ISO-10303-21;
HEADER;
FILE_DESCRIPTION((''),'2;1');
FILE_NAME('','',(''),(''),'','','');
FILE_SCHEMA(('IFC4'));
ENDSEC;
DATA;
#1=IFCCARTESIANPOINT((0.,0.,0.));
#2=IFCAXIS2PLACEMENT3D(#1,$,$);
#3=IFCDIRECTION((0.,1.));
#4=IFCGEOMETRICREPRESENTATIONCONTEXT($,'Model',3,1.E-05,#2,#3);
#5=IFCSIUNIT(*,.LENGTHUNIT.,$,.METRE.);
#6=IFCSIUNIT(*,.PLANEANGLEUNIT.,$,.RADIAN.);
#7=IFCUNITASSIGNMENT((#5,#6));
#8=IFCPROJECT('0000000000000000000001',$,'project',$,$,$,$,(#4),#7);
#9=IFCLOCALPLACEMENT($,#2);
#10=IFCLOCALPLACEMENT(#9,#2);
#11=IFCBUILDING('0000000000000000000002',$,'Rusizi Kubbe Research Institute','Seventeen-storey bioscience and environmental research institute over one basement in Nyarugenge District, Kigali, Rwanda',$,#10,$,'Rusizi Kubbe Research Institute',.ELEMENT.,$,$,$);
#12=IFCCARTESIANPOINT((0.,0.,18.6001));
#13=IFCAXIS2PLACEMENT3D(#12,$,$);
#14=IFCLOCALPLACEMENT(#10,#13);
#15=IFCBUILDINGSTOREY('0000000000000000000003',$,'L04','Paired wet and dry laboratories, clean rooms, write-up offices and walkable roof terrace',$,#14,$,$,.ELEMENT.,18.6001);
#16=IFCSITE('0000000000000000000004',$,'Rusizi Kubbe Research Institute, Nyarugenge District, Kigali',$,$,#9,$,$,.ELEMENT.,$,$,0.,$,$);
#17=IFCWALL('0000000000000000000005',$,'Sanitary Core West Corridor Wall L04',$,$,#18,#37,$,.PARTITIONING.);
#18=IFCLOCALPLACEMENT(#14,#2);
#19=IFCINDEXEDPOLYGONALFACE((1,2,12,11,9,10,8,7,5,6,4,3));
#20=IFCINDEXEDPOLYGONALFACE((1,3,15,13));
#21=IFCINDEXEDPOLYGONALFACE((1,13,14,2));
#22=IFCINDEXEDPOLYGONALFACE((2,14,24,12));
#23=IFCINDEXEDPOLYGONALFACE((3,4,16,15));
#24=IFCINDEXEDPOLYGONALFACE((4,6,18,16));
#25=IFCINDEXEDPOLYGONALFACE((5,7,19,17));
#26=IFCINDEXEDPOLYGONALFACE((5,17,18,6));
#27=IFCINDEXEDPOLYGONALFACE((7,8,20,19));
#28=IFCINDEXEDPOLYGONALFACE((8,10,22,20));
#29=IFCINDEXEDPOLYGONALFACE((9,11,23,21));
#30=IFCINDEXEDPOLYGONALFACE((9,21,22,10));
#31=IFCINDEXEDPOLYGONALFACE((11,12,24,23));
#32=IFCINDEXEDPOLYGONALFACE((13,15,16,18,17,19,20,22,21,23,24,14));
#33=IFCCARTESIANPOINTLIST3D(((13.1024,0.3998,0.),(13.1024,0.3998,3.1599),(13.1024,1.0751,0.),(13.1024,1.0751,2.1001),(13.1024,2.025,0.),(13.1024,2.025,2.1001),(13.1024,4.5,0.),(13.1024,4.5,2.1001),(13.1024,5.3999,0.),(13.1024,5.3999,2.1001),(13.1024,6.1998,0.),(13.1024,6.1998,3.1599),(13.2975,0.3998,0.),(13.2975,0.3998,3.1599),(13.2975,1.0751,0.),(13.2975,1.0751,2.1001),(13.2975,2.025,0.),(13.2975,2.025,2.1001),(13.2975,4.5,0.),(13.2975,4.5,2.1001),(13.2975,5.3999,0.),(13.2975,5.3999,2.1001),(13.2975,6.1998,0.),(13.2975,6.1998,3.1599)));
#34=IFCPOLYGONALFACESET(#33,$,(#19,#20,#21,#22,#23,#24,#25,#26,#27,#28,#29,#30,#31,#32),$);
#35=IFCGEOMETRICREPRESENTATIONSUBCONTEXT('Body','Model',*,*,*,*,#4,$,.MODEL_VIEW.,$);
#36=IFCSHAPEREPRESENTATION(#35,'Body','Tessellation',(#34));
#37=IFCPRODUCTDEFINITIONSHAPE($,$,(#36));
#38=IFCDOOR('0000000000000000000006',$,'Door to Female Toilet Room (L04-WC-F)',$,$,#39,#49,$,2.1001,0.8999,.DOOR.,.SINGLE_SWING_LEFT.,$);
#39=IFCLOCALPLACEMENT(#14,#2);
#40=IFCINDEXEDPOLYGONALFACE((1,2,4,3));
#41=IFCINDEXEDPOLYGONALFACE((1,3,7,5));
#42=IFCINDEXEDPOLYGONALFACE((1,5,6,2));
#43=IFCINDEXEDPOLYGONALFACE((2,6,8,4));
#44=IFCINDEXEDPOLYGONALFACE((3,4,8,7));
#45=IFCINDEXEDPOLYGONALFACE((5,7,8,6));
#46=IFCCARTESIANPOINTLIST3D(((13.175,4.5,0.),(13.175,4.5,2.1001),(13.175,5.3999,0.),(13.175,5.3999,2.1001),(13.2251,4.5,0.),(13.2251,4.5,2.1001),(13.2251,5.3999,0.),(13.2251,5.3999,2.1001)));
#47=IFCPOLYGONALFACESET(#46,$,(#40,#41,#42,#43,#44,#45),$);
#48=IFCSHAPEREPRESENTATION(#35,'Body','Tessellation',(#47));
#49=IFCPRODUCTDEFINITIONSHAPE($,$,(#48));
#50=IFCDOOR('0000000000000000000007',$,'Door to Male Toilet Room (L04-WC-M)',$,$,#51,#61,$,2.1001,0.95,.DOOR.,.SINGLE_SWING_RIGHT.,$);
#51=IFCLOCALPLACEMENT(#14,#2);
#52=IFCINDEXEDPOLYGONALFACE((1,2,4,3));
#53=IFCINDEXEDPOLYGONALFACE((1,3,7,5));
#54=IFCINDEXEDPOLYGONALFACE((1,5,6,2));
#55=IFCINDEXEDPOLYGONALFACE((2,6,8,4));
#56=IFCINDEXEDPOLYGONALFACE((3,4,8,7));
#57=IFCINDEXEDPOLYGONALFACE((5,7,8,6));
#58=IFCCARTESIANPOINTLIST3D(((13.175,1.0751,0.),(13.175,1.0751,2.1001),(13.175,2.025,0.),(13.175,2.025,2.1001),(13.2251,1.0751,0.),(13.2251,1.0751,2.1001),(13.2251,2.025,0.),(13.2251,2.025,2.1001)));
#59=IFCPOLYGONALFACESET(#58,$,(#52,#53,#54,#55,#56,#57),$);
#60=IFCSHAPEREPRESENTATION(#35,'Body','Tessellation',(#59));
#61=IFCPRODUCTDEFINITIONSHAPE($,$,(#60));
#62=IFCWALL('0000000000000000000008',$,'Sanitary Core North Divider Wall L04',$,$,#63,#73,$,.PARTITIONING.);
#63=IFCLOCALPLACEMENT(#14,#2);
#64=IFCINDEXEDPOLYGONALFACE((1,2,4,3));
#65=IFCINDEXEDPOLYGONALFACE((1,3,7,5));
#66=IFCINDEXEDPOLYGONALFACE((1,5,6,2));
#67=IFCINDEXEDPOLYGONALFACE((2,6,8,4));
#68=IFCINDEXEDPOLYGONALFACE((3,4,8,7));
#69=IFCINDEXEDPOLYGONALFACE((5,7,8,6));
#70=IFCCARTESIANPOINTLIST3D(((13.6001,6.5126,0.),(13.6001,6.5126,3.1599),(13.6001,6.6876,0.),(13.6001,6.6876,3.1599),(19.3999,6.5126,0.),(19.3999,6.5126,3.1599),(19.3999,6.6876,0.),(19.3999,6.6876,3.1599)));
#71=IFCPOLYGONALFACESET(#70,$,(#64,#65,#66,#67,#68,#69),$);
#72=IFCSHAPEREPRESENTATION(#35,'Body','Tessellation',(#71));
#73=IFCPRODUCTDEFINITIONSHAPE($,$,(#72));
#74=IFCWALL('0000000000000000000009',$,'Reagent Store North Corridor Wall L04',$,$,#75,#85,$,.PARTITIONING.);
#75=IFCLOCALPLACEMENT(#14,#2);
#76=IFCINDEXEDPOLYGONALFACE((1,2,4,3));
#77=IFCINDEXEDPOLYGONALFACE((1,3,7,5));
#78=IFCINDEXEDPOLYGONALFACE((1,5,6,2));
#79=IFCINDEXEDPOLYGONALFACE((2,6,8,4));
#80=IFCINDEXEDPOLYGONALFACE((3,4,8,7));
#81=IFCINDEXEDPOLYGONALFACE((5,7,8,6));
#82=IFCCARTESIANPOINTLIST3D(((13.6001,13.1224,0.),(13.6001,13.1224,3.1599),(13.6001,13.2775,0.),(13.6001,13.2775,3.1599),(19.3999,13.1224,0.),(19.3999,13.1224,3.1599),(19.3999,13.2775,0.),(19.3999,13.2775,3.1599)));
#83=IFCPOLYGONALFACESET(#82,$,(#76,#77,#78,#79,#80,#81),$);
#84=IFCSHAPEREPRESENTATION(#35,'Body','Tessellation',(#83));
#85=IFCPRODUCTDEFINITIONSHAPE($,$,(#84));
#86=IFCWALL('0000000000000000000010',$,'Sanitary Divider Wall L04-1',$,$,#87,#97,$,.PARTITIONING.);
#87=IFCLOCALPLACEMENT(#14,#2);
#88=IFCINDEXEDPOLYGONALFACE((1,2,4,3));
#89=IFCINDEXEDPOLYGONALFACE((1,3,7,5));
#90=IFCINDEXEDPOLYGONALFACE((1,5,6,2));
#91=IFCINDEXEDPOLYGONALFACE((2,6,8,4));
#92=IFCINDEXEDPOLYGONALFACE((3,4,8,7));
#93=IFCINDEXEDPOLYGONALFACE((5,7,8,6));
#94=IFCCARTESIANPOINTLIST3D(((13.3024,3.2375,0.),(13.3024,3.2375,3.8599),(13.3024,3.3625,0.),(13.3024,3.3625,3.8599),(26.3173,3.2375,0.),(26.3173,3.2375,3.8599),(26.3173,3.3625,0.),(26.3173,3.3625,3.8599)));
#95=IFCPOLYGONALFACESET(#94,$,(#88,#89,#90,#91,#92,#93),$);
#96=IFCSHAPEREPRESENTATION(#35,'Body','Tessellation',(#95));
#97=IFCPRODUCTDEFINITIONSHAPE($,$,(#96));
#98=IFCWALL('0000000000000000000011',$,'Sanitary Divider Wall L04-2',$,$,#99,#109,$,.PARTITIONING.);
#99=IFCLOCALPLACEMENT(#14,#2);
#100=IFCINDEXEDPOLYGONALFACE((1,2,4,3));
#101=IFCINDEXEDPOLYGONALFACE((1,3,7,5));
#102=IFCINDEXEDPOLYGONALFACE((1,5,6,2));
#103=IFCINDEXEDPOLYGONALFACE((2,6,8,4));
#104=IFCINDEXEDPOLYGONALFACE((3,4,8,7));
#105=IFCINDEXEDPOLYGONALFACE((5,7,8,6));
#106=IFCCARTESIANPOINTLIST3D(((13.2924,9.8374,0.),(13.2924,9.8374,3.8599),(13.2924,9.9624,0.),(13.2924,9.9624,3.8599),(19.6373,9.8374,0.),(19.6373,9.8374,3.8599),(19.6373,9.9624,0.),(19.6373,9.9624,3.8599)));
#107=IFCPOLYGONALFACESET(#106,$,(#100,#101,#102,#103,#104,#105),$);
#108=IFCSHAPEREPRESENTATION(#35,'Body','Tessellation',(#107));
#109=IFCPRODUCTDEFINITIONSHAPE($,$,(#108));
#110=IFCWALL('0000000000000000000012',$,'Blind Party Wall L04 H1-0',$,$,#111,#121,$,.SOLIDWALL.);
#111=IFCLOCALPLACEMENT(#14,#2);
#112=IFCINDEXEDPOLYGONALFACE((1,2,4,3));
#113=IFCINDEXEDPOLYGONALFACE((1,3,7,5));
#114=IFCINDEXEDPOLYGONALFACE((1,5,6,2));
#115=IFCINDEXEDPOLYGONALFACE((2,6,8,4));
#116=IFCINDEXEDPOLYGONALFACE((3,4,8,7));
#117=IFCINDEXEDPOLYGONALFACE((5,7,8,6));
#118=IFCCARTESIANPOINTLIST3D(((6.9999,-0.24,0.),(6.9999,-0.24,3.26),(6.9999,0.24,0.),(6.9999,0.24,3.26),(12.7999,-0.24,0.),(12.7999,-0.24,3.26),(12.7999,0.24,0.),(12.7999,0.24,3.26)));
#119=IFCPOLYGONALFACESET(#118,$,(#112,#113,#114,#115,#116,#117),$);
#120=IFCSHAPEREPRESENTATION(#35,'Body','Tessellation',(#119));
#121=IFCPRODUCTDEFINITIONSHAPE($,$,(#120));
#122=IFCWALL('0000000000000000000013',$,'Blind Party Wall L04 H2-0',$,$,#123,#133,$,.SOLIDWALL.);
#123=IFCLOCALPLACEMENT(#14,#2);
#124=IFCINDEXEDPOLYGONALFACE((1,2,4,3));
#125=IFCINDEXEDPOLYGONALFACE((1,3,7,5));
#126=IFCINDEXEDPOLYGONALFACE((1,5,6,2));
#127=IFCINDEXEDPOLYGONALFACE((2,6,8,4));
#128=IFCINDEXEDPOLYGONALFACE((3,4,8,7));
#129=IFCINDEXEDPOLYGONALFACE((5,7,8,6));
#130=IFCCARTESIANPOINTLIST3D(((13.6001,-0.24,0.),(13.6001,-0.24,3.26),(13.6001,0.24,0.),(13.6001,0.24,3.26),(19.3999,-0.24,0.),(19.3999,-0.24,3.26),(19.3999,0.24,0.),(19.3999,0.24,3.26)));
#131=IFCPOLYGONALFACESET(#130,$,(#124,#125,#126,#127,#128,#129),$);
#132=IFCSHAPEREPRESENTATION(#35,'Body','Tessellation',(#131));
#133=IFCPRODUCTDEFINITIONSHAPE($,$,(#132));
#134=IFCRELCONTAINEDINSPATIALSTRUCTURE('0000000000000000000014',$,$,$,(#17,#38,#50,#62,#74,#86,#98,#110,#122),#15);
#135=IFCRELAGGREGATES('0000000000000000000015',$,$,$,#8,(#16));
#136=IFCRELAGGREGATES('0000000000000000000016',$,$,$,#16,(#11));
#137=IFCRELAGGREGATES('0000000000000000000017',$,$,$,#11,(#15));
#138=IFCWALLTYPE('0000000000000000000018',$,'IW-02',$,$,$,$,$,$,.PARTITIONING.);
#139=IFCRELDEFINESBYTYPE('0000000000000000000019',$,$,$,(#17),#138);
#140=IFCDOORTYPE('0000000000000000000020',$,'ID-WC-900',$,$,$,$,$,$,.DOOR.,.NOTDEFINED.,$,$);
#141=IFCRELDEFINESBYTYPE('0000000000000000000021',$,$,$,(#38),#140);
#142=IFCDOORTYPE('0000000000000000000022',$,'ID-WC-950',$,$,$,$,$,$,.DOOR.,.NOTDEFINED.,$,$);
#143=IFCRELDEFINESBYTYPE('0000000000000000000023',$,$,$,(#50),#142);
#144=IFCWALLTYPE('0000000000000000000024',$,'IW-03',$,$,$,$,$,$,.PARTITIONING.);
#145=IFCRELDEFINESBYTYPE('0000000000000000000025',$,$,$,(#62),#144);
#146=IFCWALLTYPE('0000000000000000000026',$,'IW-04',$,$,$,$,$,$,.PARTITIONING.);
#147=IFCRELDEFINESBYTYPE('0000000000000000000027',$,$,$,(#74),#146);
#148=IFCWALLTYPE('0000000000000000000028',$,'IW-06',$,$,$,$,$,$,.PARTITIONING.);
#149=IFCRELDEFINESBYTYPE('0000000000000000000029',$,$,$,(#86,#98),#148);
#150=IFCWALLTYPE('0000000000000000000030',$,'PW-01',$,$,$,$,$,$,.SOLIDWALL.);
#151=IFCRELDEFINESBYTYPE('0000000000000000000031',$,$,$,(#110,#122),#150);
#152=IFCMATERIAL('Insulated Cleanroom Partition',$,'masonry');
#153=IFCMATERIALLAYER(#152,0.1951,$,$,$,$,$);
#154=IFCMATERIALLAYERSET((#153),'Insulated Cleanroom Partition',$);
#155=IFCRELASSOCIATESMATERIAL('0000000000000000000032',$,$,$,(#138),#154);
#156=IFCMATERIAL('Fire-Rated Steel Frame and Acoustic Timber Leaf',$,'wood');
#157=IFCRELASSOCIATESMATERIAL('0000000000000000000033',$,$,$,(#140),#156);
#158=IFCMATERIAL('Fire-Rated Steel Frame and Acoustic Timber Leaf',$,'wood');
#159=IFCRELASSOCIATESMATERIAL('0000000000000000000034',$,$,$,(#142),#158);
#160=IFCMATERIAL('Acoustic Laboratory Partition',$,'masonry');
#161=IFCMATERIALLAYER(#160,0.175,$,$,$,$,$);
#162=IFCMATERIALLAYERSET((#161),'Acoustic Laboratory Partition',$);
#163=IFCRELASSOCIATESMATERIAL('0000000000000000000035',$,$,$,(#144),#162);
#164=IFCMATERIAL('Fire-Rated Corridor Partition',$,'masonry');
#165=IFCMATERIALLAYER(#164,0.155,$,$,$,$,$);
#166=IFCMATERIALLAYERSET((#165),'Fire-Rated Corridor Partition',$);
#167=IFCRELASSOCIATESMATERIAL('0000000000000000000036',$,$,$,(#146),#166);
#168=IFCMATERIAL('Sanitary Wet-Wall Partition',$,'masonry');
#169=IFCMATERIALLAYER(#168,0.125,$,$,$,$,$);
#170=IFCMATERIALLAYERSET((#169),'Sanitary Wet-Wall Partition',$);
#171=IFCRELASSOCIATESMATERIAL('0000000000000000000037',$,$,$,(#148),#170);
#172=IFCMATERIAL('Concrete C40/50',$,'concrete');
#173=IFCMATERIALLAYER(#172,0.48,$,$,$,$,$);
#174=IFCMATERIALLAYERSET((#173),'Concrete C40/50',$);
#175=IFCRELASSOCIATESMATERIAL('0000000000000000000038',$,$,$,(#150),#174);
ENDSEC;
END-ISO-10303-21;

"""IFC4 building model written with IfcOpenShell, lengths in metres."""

from ifc_helpers import new_model, si_unit, direction, frame, frame_2d, origin, place, context, subcontext, project, spatial, rectangle, extrude, material, layer, layer_set, type_object, element, fill, save


model = new_model("IFC4")

# Units and contexts
model_context = context("Model", 3, precision=1e-05, world=origin(), true_north=direction((0.0, 1.0)))
body_context = subcontext(model_context, "Body", "Model", "MODEL_VIEW")
ifc_project = project(units=[si_unit("LENGTHUNIT", "METRE"), si_unit("PLANEANGLEUNIT", "RADIAN")], contexts=[model_context])

# Site, building, storey
site_placement = place(None, origin())
site = spatial("IfcSite", under=ifc_project, at=site_placement, Name="Rusizi Kubbe Research Institute, Nyarugenge District, Kigali", CompositionType="ELEMENT", RefElevation=0.0)
building_placement = place(site_placement, origin())
building = spatial("IfcBuilding", under=site, at=building_placement, Name="Rusizi Kubbe Research Institute", Description="Seventeen-storey bioscience and environmental research institute over one basement in Nyarugenge District, Kigali, Rwanda", LongName="Rusizi Kubbe Research Institute", CompositionType="ELEMENT")
storey_placement = place(building_placement, frame((0.0, 0.0, 18.6001)))
storey = spatial("IfcBuildingStorey", under=building, at=storey_placement, Name="L04", Description="Paired wet and dry laboratories, clean rooms, write-up offices and walkable roof terrace", CompositionType="ELEMENT", Elevation=18.6001)

# Wall, openings, doors
ifc_material_1 = material(Name="Insulated Cleanroom Partition", Category="masonry")
ifc_layer_1 = layer(ifc_material_1, 0.1951)
ifc_layer_set_1 = layer_set([ifc_layer_1], Name="Insulated Cleanroom Partition")
wall_type_1 = type_object("IfcWallType", Name="IW-02", PredefinedType="PARTITIONING", material=ifc_layer_set_1)
wall_1_placement = place(storey_placement, frame((13.2, 0.3999, 0.0), z_axis=(0.0, 0.0, 1.0), x_axis=(0.0, 1.0, 0.0)))
wall_1 = element("IfcWall", 1, at=wall_1_placement, inside=storey, type_object=wall_type_1, Name="Sanitary Core West Corridor Wall L04", PredefinedType="PARTITIONING", context=body_context, shape_type="SweptSolid", body=[
    extrude(rectangle(XDim=5.8, YDim=0.1951, at=frame_2d((2.8999, 0.0))), origin(), (0.0, 0.0, 1.0), 3.1599),
])
opening_1_placement = place(wall_1_placement, frame((0.675, 0.0, 0.0)))
opening_1 = element("IfcOpeningElement", 2, at=opening_1_placement, cuts=wall_1, PredefinedType="OPENING", context=body_context, shape_type="SweptSolid", body=[
    extrude(rectangle(XDim=0.95, YDim=2.1001, at=frame_2d((0.4751, 1.05))), frame((0.0, 0.1074, 0.0), z_axis=(0.0, -1.0, 0.0), x_axis=(1.0, 0.0, 0.0)), (0.0, 0.0, 1.0), 0.2151),
])
opening_2_placement = place(wall_1_placement, frame((4.1001, 0.0, 0.0)))
opening_2 = element("IfcOpeningElement", 3, at=opening_2_placement, cuts=wall_1, PredefinedType="OPENING", context=body_context, shape_type="SweptSolid", body=[
    extrude(rectangle(XDim=0.8999, YDim=2.1001, at=frame_2d((0.45, 1.05))), frame((0.0, 0.1074, 0.0), z_axis=(0.0, -1.0, 0.0), x_axis=(1.0, 0.0, 0.0)), (0.0, 0.0, 1.0), 0.2151),
])
ifc_material_2 = material(Name="Fire-Rated Steel Frame and Acoustic Timber Leaf", Category="wood")
door_type_1 = type_object("IfcDoorType", Name="ID-WC-900", OperationType="NOTDEFINED", PredefinedType="DOOR", material=ifc_material_2)
door_1_placement = place(opening_2_placement, origin())
door_1 = element("IfcDoor", 4, at=door_1_placement, inside=storey, type_object=door_type_1, Name="Door to Female Toilet Room (L04-WC-F)", OperationType="SINGLE_SWING_LEFT", OverallHeight=2.1001, OverallWidth=0.8999, PredefinedType="DOOR", context=body_context, shape_type="SweptSolid", body=[
    extrude(rectangle(XDim=0.8999, YDim=2.1001, at=frame_2d((0.45, 1.05))), frame((0.0, 0.0249, 0.0), z_axis=(0.0, -1.0, 0.0), x_axis=(1.0, 0.0, 0.0)), (0.0, 0.0, 1.0), 0.05),
])
fill(opening_2, door_1)
ifc_material_3 = material(Name="Fire-Rated Steel Frame and Acoustic Timber Leaf", Category="wood")
door_type_2 = type_object("IfcDoorType", Name="ID-WC-950", OperationType="NOTDEFINED", PredefinedType="DOOR", material=ifc_material_3)
door_2_placement = place(opening_1_placement, origin())
door_2 = element("IfcDoor", 5, at=door_2_placement, inside=storey, type_object=door_type_2, Name="Door to Male Toilet Room (L04-WC-M)", OperationType="SINGLE_SWING_RIGHT", OverallHeight=2.1001, OverallWidth=0.95, PredefinedType="DOOR", context=body_context, shape_type="SweptSolid", body=[
    extrude(rectangle(XDim=0.95, YDim=2.1001, at=frame_2d((0.4751, 1.05))), frame((0.0, 0.0249, 0.0), z_axis=(0.0, -1.0, 0.0), x_axis=(1.0, 0.0, 0.0)), (0.0, 0.0, 1.0), 0.05),
])
fill(opening_1, door_2)

# Wall
ifc_material_4 = material(Name="Acoustic Laboratory Partition", Category="masonry")
ifc_layer_2 = layer(ifc_material_4, 0.175)
ifc_layer_set_2 = layer_set([ifc_layer_2], Name="Acoustic Laboratory Partition")
wall_type_2 = type_object("IfcWallType", Name="IW-03", PredefinedType="PARTITIONING", material=ifc_layer_set_2)
wall_2_placement = place(storey_placement, frame((13.6001, 6.6001, 0.0), z_axis=(0.0, 0.0, 1.0), x_axis=(1.0, 0.0, 0.0)))
element("IfcWall", 6, at=wall_2_placement, inside=storey, type_object=wall_type_2, Name="Sanitary Core North Divider Wall L04", PredefinedType="PARTITIONING", context=body_context, shape_type="SweptSolid", body=[
    extrude(rectangle(XDim=5.7998, YDim=0.175, at=frame_2d((2.8999, 0.0))), origin(), (0.0, 0.0, 1.0), 3.1599),
])

# Walls
ifc_material_5 = material(Name="Fire-Rated Corridor Partition", Category="masonry")
ifc_layer_3 = layer(ifc_material_5, 0.155)
ifc_layer_set_3 = layer_set([ifc_layer_3], Name="Fire-Rated Corridor Partition")
wall_type_3 = type_object("IfcWallType", Name="IW-04", PredefinedType="PARTITIONING", material=ifc_layer_set_3)
wall_3_placement = place(storey_placement, frame((13.6001, 13.2, 0.0), z_axis=(0.0, 0.0, 1.0), x_axis=(1.0, 0.0, 0.0)))
element("IfcWall", 7, at=wall_3_placement, inside=storey, type_object=wall_type_3, Name="Reagent Store North Corridor Wall L04", PredefinedType="PARTITIONING", context=body_context, shape_type="SweptSolid", body=[
    extrude(rectangle(XDim=5.7998, YDim=0.155, at=frame_2d((2.8999, 0.0))), origin(), (0.0, 0.0, 1.0), 3.1599),
])
ifc_material_6 = material(Name="Sanitary Wet-Wall Partition", Category="masonry")
ifc_layer_4 = layer(ifc_material_6, 0.125)
ifc_layer_set_4 = layer_set([ifc_layer_4], Name="Sanitary Wet-Wall Partition")
wall_type_4 = type_object("IfcWallType", Name="IW-06", PredefinedType="PARTITIONING", material=ifc_layer_set_4)
wall_4_placement = place(storey_placement, frame((13.3025, 3.3, 0.0), z_axis=(0.0, 0.0, 1.0), x_axis=(1.0, 0.0, 0.0)))
element("IfcWall", 8, at=wall_4_placement, inside=storey, type_object=wall_type_4, Name="Sanitary Divider Wall L04-1", PredefinedType="PARTITIONING", context=body_context, shape_type="SweptSolid", body=[
    extrude(rectangle(XDim=13.0149, YDim=0.125, at=frame_2d((6.5073, 0.0))), origin(), (0.0, 0.0, 1.0), 3.8599),
])
wall_5_placement = place(storey_placement, frame((13.2925, 9.8999, 0.0), z_axis=(0.0, 0.0, 1.0), x_axis=(1.0, 0.0, 0.0)))
element("IfcWall", 9, at=wall_5_placement, inside=storey, type_object=wall_type_4, Name="Sanitary Divider Wall L04-2", PredefinedType="PARTITIONING", context=body_context, shape_type="SweptSolid", body=[
    extrude(rectangle(XDim=6.345, YDim=0.125, at=frame_2d((3.1724, 0.0))), origin(), (0.0, 0.0, 1.0), 3.8599),
])
ifc_material_7 = material(Name="Concrete C40/50", Category="concrete")
ifc_layer_5 = layer(ifc_material_7, 0.48)
ifc_layer_set_5 = layer_set([ifc_layer_5], Name="Concrete C40/50")
wall_type_5 = type_object("IfcWallType", Name="PW-01", PredefinedType="SOLIDWALL", material=ifc_layer_set_5)
wall_6_placement = place(storey_placement, frame((7.0, 0.0, 0.0), z_axis=(0.0, 0.0, 1.0), x_axis=(1.0, 0.0, 0.0)))
element("IfcWall", 10, at=wall_6_placement, inside=storey, type_object=wall_type_5, Name="Blind Party Wall L04 H1-0", PredefinedType="SOLIDWALL", context=body_context, shape_type="SweptSolid", body=[
    extrude(rectangle(XDim=5.8, YDim=0.48, at=frame_2d((2.8999, 0.0))), origin(), (0.0, 0.0, 1.0), 3.26),
])
wall_7_placement = place(storey_placement, frame((13.6001, 0.0, 0.0), z_axis=(0.0, 0.0, 1.0), x_axis=(1.0, 0.0, 0.0)))
element("IfcWall", 11, at=wall_7_placement, inside=storey, type_object=wall_type_5, Name="Blind Party Wall L04 H2-0", PredefinedType="SOLIDWALL", context=body_context, shape_type="SweptSolid", body=[
    extrude(rectangle(XDim=5.7998, YDim=0.48, at=frame_2d((2.8999, 0.0))), origin(), (0.0, 0.0, 1.0), 3.26),
])

save(model, "model.ifc")
